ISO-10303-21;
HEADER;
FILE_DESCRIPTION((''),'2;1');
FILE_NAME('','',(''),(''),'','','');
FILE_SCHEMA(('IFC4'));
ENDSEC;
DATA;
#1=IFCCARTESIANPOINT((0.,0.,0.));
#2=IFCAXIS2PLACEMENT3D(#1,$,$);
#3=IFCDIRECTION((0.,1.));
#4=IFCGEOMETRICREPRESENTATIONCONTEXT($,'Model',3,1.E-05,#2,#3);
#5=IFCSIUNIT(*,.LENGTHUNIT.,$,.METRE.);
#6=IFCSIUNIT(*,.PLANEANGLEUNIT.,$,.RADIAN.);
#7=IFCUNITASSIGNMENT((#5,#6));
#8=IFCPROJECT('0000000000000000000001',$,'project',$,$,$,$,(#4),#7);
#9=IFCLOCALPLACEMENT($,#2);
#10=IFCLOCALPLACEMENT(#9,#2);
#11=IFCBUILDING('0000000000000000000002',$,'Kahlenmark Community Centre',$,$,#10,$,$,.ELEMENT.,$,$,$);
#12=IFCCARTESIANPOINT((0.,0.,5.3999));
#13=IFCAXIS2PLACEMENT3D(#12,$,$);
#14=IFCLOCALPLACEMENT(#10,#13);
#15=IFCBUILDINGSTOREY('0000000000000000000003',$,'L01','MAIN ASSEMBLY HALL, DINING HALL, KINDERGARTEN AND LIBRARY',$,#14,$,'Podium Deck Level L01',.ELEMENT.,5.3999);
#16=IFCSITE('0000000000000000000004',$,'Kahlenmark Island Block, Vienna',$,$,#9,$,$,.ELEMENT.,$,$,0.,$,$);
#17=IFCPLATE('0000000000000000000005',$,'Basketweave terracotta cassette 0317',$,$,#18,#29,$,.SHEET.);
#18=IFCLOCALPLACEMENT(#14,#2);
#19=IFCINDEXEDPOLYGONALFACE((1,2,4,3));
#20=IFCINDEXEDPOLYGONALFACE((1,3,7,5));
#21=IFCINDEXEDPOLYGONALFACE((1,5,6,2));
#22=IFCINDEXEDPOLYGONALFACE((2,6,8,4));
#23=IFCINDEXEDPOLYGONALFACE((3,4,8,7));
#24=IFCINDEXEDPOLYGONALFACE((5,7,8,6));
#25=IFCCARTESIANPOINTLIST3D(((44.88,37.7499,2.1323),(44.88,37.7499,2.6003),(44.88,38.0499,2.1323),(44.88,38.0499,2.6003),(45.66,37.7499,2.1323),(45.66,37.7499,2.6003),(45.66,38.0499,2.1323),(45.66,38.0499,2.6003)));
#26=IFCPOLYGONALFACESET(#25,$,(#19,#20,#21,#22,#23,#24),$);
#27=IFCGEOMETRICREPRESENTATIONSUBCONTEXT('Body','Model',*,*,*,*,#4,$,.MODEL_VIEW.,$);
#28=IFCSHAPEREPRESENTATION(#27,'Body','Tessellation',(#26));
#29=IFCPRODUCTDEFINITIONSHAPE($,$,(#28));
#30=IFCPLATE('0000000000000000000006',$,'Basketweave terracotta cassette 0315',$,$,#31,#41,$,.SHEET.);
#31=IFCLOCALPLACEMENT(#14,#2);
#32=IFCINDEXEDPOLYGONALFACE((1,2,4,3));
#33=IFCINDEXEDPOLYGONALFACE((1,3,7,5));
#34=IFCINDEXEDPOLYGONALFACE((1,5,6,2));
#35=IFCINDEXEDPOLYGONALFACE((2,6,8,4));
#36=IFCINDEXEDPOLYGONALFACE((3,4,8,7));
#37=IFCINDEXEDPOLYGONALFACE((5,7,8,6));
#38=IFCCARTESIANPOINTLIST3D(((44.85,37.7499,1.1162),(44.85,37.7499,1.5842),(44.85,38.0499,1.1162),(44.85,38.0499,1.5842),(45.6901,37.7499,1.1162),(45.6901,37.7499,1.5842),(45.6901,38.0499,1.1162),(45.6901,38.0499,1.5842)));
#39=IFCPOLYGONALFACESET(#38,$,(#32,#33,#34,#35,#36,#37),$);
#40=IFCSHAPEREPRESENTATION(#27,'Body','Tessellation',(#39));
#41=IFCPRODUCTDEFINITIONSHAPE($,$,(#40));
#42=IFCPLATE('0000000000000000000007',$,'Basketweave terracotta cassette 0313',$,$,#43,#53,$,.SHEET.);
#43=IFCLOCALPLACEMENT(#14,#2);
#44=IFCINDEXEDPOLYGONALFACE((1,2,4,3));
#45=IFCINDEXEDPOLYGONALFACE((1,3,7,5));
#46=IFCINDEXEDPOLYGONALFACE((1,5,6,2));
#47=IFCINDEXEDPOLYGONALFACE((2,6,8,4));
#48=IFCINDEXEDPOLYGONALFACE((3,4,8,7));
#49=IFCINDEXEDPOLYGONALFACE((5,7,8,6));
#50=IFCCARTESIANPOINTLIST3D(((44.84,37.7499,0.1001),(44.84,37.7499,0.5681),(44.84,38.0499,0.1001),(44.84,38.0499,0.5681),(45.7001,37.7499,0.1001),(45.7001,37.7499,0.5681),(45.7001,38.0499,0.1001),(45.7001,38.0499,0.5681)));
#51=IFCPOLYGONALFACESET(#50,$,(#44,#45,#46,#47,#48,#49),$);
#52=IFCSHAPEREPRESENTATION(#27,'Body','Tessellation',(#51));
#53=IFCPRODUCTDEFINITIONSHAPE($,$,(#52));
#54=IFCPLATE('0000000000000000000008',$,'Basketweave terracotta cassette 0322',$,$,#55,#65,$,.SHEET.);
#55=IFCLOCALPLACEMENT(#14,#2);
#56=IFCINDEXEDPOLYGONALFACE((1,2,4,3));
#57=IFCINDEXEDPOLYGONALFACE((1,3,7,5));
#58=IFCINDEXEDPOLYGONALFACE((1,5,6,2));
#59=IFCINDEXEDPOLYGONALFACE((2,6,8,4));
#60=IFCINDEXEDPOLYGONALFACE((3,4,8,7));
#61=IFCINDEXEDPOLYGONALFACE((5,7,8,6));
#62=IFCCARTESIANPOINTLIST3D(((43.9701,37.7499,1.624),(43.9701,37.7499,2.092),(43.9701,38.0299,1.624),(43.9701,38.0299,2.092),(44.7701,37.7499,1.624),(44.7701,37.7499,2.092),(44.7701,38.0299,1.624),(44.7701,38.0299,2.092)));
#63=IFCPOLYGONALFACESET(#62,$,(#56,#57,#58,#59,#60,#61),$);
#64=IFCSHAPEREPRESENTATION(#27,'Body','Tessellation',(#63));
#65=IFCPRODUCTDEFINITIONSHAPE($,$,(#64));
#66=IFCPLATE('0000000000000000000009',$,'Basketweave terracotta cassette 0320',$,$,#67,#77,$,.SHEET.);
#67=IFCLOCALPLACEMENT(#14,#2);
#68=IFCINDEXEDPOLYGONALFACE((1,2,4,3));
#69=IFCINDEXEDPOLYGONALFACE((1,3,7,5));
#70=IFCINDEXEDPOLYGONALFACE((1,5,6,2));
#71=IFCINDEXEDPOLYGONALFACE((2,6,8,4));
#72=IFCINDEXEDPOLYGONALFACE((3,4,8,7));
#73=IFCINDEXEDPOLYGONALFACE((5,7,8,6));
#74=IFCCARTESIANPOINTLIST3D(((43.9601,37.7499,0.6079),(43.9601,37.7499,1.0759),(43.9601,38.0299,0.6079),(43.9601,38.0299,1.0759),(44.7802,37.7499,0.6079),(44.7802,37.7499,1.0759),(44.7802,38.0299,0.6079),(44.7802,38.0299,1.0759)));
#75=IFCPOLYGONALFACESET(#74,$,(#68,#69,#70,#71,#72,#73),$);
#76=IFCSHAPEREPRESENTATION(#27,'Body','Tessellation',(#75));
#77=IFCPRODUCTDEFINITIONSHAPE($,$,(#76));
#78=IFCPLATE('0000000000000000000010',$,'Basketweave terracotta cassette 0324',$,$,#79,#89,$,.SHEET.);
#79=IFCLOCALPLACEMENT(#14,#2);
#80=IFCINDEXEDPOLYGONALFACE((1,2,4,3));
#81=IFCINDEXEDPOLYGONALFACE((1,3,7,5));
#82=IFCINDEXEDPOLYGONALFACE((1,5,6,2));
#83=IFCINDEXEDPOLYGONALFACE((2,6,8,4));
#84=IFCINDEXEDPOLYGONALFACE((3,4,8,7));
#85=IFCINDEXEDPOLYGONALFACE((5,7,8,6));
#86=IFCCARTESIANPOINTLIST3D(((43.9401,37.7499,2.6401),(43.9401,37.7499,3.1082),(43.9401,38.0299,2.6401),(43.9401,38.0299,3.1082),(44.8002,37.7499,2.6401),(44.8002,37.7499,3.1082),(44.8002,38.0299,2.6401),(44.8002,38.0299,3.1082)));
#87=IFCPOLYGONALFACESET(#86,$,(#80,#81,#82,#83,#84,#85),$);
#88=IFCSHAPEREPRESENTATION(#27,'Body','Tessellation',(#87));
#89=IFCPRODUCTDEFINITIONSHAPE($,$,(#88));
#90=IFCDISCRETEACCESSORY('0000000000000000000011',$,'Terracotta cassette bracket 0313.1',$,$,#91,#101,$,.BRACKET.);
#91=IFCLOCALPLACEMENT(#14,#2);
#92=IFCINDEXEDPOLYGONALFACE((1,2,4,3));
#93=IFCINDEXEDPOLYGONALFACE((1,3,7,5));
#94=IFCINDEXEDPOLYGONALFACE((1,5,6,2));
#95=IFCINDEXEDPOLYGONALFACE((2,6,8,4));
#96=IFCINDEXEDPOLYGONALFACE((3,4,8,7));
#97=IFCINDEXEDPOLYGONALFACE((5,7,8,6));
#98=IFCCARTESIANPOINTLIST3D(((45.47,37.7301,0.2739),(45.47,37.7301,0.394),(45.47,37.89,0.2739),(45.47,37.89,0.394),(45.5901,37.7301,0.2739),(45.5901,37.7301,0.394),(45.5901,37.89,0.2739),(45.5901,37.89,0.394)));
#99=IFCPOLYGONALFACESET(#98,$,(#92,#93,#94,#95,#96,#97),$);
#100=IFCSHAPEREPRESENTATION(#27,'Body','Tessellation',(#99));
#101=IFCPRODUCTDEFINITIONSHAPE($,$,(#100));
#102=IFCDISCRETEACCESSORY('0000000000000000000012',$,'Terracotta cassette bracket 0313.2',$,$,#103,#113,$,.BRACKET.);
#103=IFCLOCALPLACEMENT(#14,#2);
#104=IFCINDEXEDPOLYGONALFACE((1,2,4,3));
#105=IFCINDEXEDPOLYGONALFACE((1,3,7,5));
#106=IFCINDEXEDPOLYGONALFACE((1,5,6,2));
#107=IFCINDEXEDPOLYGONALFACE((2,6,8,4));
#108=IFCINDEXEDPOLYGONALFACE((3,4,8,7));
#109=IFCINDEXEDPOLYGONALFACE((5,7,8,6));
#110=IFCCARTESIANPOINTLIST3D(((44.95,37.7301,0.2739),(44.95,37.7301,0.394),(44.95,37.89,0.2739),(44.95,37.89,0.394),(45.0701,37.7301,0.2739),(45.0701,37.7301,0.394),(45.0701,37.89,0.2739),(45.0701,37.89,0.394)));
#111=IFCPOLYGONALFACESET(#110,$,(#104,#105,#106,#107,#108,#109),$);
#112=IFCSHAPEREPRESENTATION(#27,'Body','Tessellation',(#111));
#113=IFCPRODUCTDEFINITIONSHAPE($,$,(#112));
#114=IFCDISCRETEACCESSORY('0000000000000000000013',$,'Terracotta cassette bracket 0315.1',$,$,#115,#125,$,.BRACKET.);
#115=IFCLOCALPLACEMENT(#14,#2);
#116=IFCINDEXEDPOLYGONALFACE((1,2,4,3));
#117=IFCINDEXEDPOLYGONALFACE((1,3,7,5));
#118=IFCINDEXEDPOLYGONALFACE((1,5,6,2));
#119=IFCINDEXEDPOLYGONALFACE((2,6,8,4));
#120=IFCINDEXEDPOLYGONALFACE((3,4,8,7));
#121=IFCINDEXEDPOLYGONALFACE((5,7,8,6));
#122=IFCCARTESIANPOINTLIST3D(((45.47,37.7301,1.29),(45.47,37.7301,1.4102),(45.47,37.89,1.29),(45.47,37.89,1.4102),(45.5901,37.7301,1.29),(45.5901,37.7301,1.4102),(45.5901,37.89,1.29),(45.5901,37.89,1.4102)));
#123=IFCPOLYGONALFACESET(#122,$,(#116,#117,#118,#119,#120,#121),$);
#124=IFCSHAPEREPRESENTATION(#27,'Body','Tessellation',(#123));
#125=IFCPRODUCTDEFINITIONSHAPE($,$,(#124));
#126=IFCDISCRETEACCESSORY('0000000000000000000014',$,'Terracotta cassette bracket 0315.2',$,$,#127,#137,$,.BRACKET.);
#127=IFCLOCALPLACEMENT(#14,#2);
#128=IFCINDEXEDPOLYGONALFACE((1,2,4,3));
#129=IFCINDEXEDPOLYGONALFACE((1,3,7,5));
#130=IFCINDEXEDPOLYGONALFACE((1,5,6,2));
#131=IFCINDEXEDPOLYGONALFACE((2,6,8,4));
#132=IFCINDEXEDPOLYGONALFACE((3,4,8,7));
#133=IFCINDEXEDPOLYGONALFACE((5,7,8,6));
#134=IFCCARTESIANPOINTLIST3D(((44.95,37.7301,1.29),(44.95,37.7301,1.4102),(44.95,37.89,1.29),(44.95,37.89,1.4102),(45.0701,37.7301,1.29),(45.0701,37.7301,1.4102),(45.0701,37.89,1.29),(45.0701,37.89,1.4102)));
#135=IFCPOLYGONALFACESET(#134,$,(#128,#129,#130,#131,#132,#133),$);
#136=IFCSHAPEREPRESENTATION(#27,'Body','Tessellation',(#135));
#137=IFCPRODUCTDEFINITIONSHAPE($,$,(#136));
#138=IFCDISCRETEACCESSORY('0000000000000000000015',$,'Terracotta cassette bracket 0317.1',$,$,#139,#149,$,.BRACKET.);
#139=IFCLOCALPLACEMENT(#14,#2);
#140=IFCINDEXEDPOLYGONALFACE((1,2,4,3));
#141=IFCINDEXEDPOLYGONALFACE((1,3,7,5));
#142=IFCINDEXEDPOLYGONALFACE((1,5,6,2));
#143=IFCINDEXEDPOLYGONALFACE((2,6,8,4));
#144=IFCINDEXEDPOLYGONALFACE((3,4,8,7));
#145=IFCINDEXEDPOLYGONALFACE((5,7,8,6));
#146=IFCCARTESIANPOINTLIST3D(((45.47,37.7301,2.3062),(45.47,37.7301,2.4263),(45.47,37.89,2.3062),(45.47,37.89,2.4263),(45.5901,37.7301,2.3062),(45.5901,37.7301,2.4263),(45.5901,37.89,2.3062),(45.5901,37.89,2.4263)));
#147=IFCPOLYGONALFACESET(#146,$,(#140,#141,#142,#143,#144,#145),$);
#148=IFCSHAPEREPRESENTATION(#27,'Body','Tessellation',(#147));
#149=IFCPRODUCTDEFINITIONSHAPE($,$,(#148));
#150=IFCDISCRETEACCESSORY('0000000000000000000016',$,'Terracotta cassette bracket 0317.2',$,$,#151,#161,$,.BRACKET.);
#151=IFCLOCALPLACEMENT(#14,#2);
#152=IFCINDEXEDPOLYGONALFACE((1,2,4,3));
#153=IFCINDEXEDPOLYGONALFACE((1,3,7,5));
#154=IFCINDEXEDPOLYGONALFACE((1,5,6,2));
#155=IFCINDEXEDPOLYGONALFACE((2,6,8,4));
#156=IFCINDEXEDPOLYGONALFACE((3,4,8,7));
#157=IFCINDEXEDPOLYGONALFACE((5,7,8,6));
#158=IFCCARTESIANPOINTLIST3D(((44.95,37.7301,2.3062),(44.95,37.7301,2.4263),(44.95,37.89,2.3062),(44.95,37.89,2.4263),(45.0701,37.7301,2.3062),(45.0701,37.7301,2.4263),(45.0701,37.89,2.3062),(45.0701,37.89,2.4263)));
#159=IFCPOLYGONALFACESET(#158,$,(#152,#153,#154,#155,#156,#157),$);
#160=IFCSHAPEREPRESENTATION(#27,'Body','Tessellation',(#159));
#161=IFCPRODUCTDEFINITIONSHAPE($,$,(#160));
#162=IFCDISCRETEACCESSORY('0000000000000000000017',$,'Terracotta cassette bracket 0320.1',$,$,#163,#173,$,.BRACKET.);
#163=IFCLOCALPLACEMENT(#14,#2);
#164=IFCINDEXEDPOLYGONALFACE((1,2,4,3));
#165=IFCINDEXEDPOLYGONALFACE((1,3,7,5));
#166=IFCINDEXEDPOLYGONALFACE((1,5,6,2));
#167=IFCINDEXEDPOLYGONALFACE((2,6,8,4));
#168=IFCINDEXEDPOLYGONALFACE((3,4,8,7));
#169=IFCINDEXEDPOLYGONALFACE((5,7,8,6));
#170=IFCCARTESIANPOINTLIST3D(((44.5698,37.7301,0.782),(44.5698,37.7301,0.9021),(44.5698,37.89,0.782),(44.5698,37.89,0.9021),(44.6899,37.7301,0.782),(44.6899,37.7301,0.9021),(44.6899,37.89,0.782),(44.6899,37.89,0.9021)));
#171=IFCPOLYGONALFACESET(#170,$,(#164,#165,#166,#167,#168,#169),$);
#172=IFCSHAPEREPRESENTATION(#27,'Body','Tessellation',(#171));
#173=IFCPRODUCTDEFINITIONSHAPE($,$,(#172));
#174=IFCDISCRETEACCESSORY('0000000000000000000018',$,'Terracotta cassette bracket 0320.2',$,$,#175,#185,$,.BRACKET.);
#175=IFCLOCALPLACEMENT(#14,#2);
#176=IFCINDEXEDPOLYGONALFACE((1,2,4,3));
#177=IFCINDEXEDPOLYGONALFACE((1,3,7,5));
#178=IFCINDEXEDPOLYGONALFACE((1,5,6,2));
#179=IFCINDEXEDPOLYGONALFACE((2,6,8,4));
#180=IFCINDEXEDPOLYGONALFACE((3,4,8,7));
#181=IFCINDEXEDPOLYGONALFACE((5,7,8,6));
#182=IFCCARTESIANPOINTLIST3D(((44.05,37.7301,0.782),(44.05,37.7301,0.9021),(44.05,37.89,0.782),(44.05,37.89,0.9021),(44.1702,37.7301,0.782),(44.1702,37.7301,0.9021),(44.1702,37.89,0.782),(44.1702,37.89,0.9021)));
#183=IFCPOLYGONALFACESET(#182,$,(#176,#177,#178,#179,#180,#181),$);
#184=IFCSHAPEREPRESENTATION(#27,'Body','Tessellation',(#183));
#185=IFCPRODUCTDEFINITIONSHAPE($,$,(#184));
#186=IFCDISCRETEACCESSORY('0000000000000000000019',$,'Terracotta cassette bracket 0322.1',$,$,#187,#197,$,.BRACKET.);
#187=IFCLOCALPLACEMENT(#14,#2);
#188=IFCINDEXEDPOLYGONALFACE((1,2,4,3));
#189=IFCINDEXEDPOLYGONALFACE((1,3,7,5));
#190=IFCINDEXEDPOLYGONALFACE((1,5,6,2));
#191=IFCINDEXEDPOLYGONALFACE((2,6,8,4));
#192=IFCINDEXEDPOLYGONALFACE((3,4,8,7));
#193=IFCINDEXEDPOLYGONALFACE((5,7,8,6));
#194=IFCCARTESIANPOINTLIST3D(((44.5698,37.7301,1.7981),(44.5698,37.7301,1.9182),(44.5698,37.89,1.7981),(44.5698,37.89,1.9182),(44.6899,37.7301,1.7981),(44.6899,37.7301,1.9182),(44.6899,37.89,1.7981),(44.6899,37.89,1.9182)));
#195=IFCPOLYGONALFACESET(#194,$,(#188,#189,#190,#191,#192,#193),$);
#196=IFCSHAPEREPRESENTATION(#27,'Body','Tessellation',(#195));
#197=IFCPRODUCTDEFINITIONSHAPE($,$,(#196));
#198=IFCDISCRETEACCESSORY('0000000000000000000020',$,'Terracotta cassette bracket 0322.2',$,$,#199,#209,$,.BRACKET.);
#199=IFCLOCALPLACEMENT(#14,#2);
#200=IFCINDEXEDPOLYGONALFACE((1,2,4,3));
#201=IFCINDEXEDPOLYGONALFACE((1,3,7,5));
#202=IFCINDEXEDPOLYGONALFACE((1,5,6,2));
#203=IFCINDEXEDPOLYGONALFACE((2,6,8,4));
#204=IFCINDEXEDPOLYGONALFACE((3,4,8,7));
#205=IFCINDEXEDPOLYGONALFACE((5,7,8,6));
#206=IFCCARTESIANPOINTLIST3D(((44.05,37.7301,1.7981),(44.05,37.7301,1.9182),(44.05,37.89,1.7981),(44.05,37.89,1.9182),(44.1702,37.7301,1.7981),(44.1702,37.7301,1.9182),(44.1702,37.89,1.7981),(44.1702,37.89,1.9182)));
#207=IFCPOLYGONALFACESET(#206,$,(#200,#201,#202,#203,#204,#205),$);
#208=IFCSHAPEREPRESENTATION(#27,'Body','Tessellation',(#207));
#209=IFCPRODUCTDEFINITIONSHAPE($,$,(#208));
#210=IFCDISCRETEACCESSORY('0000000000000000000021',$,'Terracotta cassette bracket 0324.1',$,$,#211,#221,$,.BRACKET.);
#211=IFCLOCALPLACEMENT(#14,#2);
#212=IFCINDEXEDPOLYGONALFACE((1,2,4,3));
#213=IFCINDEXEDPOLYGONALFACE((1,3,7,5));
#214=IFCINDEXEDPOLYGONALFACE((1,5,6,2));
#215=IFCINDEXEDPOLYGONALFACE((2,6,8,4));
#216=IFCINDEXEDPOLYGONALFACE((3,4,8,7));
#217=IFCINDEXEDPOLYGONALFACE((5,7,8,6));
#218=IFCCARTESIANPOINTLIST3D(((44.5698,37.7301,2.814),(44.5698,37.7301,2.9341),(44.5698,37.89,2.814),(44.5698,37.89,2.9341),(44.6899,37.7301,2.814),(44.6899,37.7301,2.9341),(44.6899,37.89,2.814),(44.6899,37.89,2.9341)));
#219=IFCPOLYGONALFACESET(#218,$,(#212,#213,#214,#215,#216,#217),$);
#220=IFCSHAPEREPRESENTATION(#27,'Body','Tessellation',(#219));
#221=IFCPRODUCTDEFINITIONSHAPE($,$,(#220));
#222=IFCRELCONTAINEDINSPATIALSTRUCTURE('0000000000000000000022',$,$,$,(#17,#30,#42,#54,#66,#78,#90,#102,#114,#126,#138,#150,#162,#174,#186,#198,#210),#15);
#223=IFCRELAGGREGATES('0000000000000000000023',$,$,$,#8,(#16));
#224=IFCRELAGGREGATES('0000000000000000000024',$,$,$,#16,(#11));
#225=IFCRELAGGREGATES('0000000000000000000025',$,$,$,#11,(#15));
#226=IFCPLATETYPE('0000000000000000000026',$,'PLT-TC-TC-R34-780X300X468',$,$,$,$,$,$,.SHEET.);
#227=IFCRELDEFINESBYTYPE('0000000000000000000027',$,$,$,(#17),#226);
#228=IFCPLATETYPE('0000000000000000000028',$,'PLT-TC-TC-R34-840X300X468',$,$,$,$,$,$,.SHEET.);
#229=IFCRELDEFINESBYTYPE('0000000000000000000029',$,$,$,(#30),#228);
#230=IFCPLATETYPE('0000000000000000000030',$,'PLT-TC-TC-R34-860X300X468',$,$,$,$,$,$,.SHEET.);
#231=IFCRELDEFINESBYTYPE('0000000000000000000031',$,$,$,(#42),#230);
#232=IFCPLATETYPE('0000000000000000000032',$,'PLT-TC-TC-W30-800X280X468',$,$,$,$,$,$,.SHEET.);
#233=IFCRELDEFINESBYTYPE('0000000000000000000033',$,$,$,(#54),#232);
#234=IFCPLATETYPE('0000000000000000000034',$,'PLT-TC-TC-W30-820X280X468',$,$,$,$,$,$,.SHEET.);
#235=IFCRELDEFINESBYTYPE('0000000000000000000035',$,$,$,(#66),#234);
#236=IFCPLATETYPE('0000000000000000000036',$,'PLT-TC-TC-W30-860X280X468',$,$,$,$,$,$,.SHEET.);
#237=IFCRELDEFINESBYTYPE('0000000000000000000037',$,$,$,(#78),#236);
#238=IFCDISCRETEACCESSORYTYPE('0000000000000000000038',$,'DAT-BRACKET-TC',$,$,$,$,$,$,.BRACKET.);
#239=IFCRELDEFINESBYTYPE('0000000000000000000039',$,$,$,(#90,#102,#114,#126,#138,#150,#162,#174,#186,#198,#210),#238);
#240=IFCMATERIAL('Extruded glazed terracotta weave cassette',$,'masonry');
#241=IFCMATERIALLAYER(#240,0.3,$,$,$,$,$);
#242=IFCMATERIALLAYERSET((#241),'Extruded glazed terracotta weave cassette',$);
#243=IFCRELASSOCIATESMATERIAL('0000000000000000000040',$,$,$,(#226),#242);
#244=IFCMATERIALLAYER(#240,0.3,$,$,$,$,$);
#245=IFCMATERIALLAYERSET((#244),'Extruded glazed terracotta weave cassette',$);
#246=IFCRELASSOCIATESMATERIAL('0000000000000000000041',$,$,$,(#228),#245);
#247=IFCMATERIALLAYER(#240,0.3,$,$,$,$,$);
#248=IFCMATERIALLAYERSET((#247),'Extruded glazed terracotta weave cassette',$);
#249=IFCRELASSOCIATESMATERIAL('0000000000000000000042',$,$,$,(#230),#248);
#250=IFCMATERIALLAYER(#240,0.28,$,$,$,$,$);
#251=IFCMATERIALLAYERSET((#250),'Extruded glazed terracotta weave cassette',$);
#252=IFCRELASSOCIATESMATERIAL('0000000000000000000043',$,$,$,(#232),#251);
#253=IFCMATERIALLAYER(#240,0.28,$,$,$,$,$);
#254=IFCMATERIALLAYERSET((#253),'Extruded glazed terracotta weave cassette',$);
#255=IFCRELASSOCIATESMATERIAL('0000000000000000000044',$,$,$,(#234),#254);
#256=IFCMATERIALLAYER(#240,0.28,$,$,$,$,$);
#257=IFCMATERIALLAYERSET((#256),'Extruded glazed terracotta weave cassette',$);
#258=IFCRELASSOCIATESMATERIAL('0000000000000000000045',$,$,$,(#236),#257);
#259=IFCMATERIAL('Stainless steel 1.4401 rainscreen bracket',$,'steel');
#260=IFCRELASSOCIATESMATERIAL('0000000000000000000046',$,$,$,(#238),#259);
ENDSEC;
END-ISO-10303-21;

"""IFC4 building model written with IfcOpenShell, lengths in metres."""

from ifc_helpers import new_model, si_unit, direction, frame, origin, origin_2d, place, context, subcontext, project, spatial, rectangle, extrude, material, layer, layer_set, type_object, element, save


model = new_model("IFC4")

# Units and contexts
model_context = context("Model", 3, precision=1e-05, world=origin(), true_north=direction((0.0, 1.0)))
body_context = subcontext(model_context, "Body", "Model", "MODEL_VIEW")
ifc_project = project(units=[si_unit("LENGTHUNIT", "METRE"), si_unit("PLANEANGLEUNIT", "RADIAN")], contexts=[model_context])

# Site, building, storey
site_placement = place(None, origin())
site = spatial("IfcSite", under=ifc_project, at=site_placement, Name="Kahlenmark Island Block, Vienna", CompositionType="ELEMENT", RefElevation=0.0)
building_placement = place(site_placement, origin())
building = spatial("IfcBuilding", under=site, at=building_placement, Name="Kahlenmark Community Centre", CompositionType="ELEMENT")
storey_placement = place(building_placement, frame((0.0, 0.0, 5.3999)))
storey = spatial("IfcBuildingStorey", under=building, at=storey_placement, Name="L01", Description="MAIN ASSEMBLY HALL, DINING HALL, KINDERGARTEN AND LIBRARY", LongName="Podium Deck Level L01", CompositionType="ELEMENT", Elevation=5.3999)

# Plates
ifc_material_1 = material(Name="Extruded glazed terracotta weave cassette", Category="masonry")
ifc_layer_1 = layer(ifc_material_1, 0.3)
ifc_layer_set_1 = layer_set([ifc_layer_1], Name="Extruded glazed terracotta weave cassette")
plate_type_1 = type_object("IfcPlateType", Name="PLT-TC-TC-R34-780X300X468", PredefinedType="SHEET", material=ifc_layer_set_1)
plate_1_placement = place(storey_placement, frame((45.27, 37.8999, 2.1323), z_axis=(0.0, 0.0, 1.0), x_axis=(-1.0, 0.0, 0.0)))
element("IfcPlate", 1, at=plate_1_placement, inside=storey, type_object=plate_type_1, Name="Basketweave terracotta cassette 0317", PredefinedType="SHEET", context=body_context, shape_type="SweptSolid", body=[
    extrude(rectangle(XDim=0.78, YDim=0.3, at=origin_2d()), origin(), (0.0, 0.0, 1.0), 0.468),
])
ifc_layer_2 = layer(ifc_material_1, 0.3)
ifc_layer_set_2 = layer_set([ifc_layer_2], Name="Extruded glazed terracotta weave cassette")
plate_type_2 = type_object("IfcPlateType", Name="PLT-TC-TC-R34-840X300X468", PredefinedType="SHEET", material=ifc_layer_set_2)
plate_2_placement = place(storey_placement, frame((45.27, 37.8999, 1.1162), z_axis=(0.0, 0.0, 1.0), x_axis=(-1.0, 0.0, 0.0)))
element("IfcPlate", 2, at=plate_2_placement, inside=storey, type_object=plate_type_2, Name="Basketweave terracotta cassette 0315", PredefinedType="SHEET", context=body_context, shape_type="SweptSolid", body=[
    extrude(rectangle(XDim=0.8401, YDim=0.3, at=origin_2d()), origin(), (0.0, 0.0, 1.0), 0.468),
])
ifc_layer_3 = layer(ifc_material_1, 0.3)
ifc_layer_set_3 = layer_set([ifc_layer_3], Name="Extruded glazed terracotta weave cassette")
plate_type_3 = type_object("IfcPlateType", Name="PLT-TC-TC-R34-860X300X468", PredefinedType="SHEET", material=ifc_layer_set_3)
plate_3_placement = place(storey_placement, frame((45.27, 37.8999, 0.1001), z_axis=(0.0, 0.0, 1.0), x_axis=(-1.0, 0.0, 0.0)))
element("IfcPlate", 3, at=plate_3_placement, inside=storey, type_object=plate_type_3, Name="Basketweave terracotta cassette 0313", PredefinedType="SHEET", context=body_context, shape_type="SweptSolid", body=[
    extrude(rectangle(XDim=0.8601, YDim=0.3, at=origin_2d()), origin(), (0.0, 0.0, 1.0), 0.468),
])
ifc_layer_4 = layer(ifc_material_1, 0.28)
ifc_layer_set_4 = layer_set([ifc_layer_4], Name="Extruded glazed terracotta weave cassette")
plate_type_4 = type_object("IfcPlateType", Name="PLT-TC-TC-W30-800X280X468", PredefinedType="SHEET", material=ifc_layer_set_4)
plate_4_placement = place(storey_placement, frame((44.3701, 37.8899, 1.624), z_axis=(0.0, 0.0, 1.0), x_axis=(-1.0, 0.0, 0.0)))
element("IfcPlate", 4, at=plate_4_placement, inside=storey, type_object=plate_type_4, Name="Basketweave terracotta cassette 0322", PredefinedType="SHEET", context=body_context, shape_type="SweptSolid", body=[
    extrude(rectangle(XDim=0.8, YDim=0.28, at=origin_2d()), origin(), (0.0, 0.0, 1.0), 0.468),
])
ifc_layer_5 = layer(ifc_material_1, 0.28)
ifc_layer_set_5 = layer_set([ifc_layer_5], Name="Extruded glazed terracotta weave cassette")
plate_type_5 = type_object("IfcPlateType", Name="PLT-TC-TC-W30-820X280X468", PredefinedType="SHEET", material=ifc_layer_set_5)
plate_5_placement = place(storey_placement, frame((44.3701, 37.8899, 0.6079), z_axis=(0.0, 0.0, 1.0), x_axis=(-1.0, 0.0, 0.0)))
element("IfcPlate", 5, at=plate_5_placement, inside=storey, type_object=plate_type_5, Name="Basketweave terracotta cassette 0320", PredefinedType="SHEET", context=body_context, shape_type="SweptSolid", body=[
    extrude(rectangle(XDim=0.8201, YDim=0.28, at=origin_2d()), origin(), (0.0, 0.0, 1.0), 0.468),
])
ifc_layer_6 = layer(ifc_material_1, 0.28)
ifc_layer_set_6 = layer_set([ifc_layer_6], Name="Extruded glazed terracotta weave cassette")
plate_type_6 = type_object("IfcPlateType", Name="PLT-TC-TC-W30-860X280X468", PredefinedType="SHEET", material=ifc_layer_set_6)
plate_6_placement = place(storey_placement, frame((44.3701, 37.8899, 2.6401), z_axis=(0.0, 0.0, 1.0), x_axis=(-1.0, 0.0, 0.0)))
element("IfcPlate", 6, at=plate_6_placement, inside=storey, type_object=plate_type_6, Name="Basketweave terracotta cassette 0324", PredefinedType="SHEET", context=body_context, shape_type="SweptSolid", body=[
    extrude(rectangle(XDim=0.8601, YDim=0.28, at=origin_2d()), origin(), (0.0, 0.0, 1.0), 0.468),
])

# Discrete accessories
ifc_material_2 = material(Name="Stainless steel 1.4401 rainscreen bracket", Category="steel")
discrete_accessory_type = type_object("IfcDiscreteAccessoryType", Name="DAT-BRACKET-TC", PredefinedType="BRACKET", material=ifc_material_2)
for number, where, z_axis, x_axis, name in (
    (7, (45.53, 37.8101, 0.2739), (0.0, 0.0, 1.0), (-1.0, 0.0, 0.0), "Terracotta cassette bracket 0313.1"),
    (8, (45.01, 37.8101, 0.2739), (0.0, 0.0, 1.0), (-1.0, 0.0, 0.0), "Terracotta cassette bracket 0313.2"),
    (9, (45.53, 37.8101, 1.29), (0.0, 0.0, 1.0), (-1.0, 0.0, 0.0), "Terracotta cassette bracket 0315.1"),
    (10, (45.01, 37.8101, 1.29), (0.0, 0.0, 1.0), (-1.0, 0.0, 0.0), "Terracotta cassette bracket 0315.2"),
    (11, (45.53, 37.8101, 2.3062), (0.0, 0.0, 1.0), (-1.0, 0.0, 0.0), "Terracotta cassette bracket 0317.1"),
    (12, (45.01, 37.8101, 2.3062), (0.0, 0.0, 1.0), (-1.0, 0.0, 0.0), "Terracotta cassette bracket 0317.2"),
    (13, (44.6299, 37.8101, 0.782), (0.0, 0.0, 1.0), (-1.0, 0.0, 0.0), "Terracotta cassette bracket 0320.1"),
    (14, (44.1101, 37.8101, 0.782), (0.0, 0.0, 1.0), (-1.0, 0.0, 0.0), "Terracotta cassette bracket 0320.2"),
    (15, (44.6299, 37.8101, 1.7981), (0.0, 0.0, 1.0), (-1.0, 0.0, 0.0), "Terracotta cassette bracket 0322.1"),
    (16, (44.1101, 37.8101, 1.7981), (0.0, 0.0, 1.0), (-1.0, 0.0, 0.0), "Terracotta cassette bracket 0322.2"),
    (17, (44.6299, 37.8101, 2.814), (0.0, 0.0, 1.0), (-1.0, 0.0, 0.0), "Terracotta cassette bracket 0324.1"),
):
    element("IfcDiscreteAccessory", number, at=place(storey_placement, frame(where, z_axis=z_axis, x_axis=x_axis)), inside=storey, type_object=discrete_accessory_type, Name=name, PredefinedType="BRACKET", context=body_context, shape_type="SweptSolid", body=[
        extrude(rectangle(XDim=0.1201, YDim=0.1599, at=origin_2d()), origin(), (0.0, 0.0, 1.0), 0.1201),
    ])

save(model, "model.ifc")
